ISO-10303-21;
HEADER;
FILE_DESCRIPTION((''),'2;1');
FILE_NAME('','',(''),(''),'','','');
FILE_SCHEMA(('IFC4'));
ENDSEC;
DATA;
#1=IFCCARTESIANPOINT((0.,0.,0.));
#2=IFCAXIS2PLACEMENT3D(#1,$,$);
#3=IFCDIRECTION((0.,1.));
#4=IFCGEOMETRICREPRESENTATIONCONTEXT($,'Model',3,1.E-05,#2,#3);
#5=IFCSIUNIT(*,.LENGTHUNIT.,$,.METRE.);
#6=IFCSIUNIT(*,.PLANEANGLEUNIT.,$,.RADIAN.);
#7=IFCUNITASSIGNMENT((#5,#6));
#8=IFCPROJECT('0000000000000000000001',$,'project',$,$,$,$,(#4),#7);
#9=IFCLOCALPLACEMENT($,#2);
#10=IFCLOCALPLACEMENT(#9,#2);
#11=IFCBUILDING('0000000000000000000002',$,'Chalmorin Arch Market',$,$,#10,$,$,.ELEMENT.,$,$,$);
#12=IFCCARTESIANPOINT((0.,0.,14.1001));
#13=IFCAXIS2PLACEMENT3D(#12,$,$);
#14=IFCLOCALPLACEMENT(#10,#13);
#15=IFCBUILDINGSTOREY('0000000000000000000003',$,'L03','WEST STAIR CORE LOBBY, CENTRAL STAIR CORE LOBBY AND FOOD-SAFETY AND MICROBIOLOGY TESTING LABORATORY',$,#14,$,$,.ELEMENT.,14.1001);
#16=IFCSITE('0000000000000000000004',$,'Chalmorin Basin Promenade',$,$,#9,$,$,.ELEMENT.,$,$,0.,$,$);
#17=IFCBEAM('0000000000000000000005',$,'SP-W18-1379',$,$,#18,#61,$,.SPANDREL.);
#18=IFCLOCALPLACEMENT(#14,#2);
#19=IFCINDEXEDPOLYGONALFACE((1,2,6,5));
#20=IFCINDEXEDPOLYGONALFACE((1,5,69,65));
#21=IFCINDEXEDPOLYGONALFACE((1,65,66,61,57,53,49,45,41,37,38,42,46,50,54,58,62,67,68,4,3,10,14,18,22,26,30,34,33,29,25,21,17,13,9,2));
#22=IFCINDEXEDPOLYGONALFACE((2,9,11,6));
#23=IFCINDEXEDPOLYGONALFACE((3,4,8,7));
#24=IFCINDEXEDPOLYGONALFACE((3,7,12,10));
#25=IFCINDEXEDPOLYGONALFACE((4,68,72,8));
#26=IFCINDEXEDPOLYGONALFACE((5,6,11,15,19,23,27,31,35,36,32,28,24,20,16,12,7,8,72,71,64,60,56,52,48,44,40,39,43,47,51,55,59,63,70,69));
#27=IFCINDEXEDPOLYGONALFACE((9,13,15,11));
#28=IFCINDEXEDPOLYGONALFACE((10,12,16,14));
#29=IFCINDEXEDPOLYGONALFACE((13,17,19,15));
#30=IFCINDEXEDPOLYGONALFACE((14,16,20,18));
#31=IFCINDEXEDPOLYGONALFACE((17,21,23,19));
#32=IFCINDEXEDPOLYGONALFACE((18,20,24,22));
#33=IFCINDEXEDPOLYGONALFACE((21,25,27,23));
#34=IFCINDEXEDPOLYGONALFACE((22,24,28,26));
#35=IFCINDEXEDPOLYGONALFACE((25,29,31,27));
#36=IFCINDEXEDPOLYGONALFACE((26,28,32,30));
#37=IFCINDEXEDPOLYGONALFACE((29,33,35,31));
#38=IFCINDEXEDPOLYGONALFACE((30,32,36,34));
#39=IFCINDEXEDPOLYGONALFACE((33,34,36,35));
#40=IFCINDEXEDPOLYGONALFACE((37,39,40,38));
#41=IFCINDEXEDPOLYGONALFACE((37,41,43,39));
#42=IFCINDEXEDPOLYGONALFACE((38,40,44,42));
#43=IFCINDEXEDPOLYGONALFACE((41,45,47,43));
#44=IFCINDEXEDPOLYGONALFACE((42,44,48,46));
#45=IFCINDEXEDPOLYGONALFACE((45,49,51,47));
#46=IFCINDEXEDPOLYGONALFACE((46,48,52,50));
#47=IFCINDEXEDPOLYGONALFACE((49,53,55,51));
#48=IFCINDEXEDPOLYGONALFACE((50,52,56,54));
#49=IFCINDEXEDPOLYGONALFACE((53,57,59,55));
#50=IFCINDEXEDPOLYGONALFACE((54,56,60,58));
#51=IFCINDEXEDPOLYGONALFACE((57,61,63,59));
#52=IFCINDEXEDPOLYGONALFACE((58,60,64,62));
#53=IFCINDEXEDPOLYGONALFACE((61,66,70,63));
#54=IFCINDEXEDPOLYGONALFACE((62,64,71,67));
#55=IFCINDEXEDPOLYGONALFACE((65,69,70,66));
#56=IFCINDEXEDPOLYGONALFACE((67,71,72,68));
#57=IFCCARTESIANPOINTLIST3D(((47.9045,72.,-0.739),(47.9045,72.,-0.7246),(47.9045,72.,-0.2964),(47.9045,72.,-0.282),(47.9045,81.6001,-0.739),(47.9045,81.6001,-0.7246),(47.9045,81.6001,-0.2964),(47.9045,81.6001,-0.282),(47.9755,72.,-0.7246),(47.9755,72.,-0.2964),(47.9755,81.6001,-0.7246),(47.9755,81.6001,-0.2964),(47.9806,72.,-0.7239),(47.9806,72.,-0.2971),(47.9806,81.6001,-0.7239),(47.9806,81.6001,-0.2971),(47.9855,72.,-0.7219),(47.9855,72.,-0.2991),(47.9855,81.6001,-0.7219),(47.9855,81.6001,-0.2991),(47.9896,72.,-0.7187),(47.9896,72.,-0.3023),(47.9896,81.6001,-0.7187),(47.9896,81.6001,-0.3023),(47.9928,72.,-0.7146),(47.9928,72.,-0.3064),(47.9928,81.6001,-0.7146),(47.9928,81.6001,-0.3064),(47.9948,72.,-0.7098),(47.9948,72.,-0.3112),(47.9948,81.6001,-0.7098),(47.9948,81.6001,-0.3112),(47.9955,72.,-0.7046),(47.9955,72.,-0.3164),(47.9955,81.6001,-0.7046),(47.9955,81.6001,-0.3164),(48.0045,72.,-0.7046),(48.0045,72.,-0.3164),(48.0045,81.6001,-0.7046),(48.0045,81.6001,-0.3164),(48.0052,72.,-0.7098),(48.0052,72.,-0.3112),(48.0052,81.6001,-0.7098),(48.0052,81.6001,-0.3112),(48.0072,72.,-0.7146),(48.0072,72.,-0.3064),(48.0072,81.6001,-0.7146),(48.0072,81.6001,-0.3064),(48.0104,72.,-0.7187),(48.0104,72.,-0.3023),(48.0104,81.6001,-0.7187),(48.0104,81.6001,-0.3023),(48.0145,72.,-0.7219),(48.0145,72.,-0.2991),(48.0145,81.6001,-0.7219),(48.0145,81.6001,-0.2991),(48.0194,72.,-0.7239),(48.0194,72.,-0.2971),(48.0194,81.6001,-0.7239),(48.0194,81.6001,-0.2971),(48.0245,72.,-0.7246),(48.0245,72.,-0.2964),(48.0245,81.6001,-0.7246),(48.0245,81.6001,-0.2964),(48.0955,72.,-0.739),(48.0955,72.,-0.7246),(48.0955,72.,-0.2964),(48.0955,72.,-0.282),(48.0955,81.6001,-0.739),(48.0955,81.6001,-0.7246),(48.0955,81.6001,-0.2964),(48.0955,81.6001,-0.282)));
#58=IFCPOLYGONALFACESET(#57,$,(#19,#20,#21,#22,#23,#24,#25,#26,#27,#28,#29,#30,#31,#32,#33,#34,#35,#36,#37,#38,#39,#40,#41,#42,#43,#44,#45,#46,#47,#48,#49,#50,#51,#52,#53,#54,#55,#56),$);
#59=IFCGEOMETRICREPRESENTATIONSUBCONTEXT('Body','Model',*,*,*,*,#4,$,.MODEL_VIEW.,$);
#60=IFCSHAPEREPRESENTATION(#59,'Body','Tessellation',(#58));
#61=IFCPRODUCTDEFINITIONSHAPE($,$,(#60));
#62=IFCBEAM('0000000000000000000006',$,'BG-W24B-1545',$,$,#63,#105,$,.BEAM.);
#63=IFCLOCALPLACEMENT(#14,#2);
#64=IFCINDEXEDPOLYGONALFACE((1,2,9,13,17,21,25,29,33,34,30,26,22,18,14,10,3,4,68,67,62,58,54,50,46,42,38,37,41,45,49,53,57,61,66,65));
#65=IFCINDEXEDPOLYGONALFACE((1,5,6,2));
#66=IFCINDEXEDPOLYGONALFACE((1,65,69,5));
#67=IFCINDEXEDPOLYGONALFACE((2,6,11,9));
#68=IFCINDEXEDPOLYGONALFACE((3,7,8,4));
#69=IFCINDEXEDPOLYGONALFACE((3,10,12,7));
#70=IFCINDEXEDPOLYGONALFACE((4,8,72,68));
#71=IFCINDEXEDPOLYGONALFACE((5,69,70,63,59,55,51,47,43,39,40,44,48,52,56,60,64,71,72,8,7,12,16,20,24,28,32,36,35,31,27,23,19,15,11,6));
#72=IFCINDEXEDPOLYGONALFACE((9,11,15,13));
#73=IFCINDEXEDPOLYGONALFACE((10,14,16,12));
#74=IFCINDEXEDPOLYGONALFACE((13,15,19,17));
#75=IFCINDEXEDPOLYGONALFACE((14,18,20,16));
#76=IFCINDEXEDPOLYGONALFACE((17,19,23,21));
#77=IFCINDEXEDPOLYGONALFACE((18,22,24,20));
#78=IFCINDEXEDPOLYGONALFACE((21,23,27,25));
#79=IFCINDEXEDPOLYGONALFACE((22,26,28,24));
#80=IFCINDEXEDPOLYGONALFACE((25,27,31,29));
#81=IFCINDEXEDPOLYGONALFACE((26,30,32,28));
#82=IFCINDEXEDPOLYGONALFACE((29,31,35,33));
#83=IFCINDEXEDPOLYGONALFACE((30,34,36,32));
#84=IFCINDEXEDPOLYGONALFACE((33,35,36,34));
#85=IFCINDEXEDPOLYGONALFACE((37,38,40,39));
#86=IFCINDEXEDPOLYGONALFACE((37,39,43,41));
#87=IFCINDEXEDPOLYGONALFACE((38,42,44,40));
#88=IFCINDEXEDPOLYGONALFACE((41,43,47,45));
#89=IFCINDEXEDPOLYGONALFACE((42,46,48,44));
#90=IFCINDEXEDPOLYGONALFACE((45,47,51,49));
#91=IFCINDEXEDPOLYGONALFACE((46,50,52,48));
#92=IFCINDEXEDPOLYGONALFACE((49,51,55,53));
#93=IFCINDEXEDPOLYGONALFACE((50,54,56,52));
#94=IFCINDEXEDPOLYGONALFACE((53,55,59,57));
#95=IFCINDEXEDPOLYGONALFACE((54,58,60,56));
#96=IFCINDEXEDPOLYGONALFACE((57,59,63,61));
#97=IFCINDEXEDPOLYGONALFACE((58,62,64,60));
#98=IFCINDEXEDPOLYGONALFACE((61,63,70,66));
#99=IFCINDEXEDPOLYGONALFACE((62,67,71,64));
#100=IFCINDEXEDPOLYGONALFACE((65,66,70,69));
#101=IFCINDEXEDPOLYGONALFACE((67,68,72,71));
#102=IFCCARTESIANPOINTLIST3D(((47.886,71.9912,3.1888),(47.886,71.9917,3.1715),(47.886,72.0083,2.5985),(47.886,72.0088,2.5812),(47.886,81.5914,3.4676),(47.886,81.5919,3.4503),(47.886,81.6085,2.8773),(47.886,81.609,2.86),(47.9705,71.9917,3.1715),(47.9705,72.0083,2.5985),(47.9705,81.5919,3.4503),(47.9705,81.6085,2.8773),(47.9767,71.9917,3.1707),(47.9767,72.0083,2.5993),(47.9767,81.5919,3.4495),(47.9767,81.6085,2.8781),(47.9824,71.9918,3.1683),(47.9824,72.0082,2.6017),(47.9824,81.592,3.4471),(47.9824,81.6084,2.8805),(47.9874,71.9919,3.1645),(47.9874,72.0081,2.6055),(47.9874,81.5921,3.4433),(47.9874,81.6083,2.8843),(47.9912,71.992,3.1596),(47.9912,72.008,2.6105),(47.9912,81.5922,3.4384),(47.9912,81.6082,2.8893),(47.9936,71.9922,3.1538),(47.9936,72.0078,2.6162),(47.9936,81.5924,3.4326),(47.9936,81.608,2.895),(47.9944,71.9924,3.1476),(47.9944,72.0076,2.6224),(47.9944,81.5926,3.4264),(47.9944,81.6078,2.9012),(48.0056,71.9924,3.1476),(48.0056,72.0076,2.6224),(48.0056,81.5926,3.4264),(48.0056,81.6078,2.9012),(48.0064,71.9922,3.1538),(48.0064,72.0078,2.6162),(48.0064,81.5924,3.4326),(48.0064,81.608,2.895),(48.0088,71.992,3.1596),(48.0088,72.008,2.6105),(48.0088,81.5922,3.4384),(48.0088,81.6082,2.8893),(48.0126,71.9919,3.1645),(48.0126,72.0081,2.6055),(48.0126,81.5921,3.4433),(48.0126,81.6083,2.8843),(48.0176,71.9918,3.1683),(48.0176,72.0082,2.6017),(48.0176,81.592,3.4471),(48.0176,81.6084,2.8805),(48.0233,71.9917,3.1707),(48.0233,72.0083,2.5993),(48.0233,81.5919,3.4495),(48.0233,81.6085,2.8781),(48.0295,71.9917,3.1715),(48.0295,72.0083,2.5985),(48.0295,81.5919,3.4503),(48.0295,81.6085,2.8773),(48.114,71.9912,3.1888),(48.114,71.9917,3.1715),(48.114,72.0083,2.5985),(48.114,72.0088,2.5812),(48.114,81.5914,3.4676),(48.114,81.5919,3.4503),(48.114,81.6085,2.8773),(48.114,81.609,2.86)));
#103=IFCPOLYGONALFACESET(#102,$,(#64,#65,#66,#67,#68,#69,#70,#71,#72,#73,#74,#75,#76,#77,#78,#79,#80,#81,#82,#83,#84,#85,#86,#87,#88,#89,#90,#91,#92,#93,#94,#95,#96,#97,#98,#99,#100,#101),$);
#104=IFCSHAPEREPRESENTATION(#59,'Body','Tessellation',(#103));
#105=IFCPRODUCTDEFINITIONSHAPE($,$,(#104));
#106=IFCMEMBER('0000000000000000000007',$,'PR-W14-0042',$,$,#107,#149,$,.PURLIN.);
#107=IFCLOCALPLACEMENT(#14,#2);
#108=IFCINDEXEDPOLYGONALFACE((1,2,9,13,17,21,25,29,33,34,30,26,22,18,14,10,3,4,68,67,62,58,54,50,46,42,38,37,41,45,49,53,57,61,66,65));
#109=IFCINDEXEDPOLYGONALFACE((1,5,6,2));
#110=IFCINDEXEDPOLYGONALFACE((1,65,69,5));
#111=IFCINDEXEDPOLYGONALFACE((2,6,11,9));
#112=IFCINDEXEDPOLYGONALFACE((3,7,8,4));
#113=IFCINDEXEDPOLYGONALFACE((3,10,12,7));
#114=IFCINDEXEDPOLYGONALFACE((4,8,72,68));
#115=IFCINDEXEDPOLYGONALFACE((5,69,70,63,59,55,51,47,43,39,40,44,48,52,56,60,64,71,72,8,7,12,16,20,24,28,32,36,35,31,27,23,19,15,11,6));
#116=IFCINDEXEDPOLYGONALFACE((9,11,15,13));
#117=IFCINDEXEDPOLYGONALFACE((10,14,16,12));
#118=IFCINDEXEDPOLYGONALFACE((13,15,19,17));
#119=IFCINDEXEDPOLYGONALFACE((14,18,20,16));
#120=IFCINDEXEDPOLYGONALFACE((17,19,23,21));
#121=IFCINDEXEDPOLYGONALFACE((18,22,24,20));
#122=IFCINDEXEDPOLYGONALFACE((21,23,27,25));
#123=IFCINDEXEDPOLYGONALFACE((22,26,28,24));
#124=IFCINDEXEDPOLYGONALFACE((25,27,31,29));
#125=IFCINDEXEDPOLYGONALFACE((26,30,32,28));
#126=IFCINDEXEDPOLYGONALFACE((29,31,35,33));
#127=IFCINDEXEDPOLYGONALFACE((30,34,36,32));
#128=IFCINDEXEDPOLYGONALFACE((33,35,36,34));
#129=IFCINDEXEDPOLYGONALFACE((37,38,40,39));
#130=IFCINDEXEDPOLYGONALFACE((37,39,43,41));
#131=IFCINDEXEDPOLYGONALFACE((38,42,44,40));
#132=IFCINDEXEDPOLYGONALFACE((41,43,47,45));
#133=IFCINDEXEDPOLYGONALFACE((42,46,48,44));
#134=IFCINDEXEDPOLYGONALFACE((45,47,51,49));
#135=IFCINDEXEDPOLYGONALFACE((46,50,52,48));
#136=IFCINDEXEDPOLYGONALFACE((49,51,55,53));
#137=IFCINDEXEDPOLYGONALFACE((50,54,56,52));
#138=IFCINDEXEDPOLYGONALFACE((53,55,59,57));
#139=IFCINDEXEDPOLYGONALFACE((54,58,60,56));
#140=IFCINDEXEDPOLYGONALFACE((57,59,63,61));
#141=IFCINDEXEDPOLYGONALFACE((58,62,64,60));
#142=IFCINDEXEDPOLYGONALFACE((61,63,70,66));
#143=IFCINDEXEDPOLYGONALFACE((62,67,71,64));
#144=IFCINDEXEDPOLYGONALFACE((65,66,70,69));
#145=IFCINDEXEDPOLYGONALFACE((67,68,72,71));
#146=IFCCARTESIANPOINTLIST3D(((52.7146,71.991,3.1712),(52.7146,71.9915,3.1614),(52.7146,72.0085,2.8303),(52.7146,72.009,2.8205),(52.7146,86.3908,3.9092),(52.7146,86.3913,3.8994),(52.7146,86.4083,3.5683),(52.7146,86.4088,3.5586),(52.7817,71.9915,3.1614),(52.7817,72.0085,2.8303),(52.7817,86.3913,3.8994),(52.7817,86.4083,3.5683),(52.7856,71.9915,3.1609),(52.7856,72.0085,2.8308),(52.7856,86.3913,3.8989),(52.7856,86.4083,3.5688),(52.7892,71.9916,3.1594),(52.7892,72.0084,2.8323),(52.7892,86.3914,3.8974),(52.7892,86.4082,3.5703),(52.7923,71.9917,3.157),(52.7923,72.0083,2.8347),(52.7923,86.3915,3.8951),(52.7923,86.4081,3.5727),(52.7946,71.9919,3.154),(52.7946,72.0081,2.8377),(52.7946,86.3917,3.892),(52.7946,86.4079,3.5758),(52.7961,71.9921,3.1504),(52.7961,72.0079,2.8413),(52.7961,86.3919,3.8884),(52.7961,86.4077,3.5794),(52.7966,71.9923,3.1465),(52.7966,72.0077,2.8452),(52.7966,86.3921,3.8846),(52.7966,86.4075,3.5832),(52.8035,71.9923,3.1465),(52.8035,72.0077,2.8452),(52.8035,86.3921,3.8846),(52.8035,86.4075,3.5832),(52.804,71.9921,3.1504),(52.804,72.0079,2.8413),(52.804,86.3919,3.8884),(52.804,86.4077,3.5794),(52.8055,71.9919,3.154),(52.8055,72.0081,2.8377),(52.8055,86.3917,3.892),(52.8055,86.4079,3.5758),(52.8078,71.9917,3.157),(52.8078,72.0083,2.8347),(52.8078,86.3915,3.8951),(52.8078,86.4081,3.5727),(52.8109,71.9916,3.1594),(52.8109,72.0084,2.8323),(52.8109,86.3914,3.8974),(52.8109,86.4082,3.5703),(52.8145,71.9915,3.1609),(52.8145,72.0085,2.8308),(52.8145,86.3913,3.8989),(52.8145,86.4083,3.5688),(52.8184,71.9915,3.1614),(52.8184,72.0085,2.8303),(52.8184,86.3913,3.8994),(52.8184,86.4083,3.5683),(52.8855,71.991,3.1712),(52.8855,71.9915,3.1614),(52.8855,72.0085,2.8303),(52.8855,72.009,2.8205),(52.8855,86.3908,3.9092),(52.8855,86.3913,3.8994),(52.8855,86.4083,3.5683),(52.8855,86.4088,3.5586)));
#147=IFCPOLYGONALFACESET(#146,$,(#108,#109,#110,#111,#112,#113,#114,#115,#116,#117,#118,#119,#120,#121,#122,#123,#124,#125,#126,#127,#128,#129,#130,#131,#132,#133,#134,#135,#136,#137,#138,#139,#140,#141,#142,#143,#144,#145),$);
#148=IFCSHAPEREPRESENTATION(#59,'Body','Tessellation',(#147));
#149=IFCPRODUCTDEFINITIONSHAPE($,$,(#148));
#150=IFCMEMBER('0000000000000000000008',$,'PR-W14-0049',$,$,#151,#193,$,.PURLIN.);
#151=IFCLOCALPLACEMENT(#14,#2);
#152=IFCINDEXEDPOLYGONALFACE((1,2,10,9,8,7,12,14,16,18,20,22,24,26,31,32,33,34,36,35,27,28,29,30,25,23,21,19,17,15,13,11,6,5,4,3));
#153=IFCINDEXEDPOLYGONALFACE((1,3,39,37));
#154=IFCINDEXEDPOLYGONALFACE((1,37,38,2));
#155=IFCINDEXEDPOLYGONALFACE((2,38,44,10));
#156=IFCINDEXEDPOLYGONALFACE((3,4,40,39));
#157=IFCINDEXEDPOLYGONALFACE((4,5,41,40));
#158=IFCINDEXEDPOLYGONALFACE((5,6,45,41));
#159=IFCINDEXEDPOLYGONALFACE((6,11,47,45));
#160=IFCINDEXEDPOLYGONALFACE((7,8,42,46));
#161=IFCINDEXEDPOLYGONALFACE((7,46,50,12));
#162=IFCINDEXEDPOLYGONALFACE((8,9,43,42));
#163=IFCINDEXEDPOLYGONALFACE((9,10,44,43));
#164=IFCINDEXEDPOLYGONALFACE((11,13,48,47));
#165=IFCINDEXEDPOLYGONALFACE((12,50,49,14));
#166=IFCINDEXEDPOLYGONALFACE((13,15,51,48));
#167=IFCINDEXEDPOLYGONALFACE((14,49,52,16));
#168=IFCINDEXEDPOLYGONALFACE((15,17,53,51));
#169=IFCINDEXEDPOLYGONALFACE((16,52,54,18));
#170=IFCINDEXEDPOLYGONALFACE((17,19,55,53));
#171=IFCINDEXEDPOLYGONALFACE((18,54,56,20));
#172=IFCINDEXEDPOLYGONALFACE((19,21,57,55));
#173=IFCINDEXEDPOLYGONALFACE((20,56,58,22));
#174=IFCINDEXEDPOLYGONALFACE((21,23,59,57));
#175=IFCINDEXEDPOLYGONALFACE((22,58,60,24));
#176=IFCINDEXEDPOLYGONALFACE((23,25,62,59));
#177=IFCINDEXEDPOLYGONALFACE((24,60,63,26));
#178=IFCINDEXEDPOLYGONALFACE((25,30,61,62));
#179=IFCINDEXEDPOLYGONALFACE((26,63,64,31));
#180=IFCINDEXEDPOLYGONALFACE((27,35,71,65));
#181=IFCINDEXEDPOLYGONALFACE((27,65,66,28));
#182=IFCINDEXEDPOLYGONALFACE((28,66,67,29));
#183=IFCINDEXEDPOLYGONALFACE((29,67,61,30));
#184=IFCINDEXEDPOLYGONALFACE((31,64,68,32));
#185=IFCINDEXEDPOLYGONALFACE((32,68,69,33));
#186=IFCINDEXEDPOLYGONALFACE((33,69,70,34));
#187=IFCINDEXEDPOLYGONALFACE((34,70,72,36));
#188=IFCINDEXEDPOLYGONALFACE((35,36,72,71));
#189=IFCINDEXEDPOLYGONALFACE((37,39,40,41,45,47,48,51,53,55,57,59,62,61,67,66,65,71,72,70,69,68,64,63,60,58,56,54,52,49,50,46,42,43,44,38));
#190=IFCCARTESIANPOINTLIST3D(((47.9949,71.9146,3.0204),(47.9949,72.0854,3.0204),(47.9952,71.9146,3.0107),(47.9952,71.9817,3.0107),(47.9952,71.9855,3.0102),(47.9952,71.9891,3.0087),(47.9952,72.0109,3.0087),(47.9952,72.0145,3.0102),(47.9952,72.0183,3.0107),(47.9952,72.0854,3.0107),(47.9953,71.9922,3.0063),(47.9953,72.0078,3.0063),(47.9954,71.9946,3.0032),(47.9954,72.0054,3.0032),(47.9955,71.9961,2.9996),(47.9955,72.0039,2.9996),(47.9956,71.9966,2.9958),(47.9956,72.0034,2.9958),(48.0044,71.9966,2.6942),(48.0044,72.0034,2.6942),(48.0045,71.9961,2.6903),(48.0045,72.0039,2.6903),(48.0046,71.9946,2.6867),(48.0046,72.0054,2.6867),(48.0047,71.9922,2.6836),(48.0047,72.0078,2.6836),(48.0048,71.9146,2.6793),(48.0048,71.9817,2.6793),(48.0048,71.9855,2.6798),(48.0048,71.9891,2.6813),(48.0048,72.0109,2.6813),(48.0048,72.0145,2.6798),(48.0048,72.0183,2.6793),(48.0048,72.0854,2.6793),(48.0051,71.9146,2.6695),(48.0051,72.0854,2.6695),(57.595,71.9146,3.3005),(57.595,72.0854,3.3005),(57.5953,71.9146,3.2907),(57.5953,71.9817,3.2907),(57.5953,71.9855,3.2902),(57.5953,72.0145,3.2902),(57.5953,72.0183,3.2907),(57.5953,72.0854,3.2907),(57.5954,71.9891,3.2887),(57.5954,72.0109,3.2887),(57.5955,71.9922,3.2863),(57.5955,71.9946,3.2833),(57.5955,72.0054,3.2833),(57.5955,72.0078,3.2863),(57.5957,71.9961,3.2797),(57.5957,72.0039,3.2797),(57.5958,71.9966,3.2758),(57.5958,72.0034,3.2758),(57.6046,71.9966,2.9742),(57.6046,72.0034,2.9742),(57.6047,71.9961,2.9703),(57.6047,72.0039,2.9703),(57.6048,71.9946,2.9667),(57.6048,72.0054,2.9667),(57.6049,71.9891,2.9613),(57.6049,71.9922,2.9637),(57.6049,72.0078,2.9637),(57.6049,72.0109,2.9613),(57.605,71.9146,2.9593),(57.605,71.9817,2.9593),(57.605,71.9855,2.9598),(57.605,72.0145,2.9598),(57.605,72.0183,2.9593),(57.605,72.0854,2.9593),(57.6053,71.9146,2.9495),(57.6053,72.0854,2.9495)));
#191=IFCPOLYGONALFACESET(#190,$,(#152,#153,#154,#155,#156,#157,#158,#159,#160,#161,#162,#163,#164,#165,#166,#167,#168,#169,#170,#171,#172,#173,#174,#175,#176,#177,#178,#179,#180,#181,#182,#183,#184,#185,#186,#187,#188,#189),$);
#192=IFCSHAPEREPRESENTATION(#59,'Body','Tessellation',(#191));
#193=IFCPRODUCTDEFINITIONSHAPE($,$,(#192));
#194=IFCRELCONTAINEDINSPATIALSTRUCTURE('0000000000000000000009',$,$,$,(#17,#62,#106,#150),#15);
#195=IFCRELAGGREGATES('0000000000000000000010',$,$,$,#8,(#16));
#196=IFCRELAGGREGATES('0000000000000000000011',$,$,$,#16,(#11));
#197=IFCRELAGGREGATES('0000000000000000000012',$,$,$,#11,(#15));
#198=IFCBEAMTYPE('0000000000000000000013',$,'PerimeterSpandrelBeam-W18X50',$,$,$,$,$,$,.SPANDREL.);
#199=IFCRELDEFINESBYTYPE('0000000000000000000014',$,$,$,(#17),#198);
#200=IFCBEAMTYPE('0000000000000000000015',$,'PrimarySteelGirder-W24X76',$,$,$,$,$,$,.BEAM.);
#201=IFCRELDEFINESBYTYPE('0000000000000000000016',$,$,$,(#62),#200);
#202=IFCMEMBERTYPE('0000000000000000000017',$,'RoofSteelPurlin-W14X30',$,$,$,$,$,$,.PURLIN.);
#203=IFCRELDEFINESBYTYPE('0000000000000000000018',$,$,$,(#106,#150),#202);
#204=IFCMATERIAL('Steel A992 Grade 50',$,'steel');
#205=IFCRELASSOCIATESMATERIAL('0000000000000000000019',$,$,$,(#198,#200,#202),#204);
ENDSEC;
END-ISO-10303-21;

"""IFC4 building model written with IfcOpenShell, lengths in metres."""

from ifc_helpers import new_model, si_unit, direction, frame, origin, origin_2d, place, context, subcontext, project, spatial, i_section, extrude, material, material_profile, profile_set, type_object, element, save


model = new_model("IFC4")

# Units and contexts
model_context = context("Model", 3, precision=1e-05, world=origin(), true_north=direction((0.0, 1.0)))
body_context = subcontext(model_context, "Body", "Model", "MODEL_VIEW")
ifc_project = project(units=[si_unit("LENGTHUNIT", "METRE"), si_unit("PLANEANGLEUNIT", "RADIAN")], contexts=[model_context])

# Site, building, storey
site_placement = place(None, origin())
site = spatial("IfcSite", under=ifc_project, at=site_placement, Name="Chalmorin Basin Promenade", CompositionType="ELEMENT", RefElevation=0.0)
building_placement = place(site_placement, origin())
building = spatial("IfcBuilding", under=site, at=building_placement, Name="Chalmorin Arch Market", CompositionType="ELEMENT")
storey_placement = place(building_placement, frame((0.0, 0.0, 14.1001)))
storey = spatial("IfcBuildingStorey", under=building, at=storey_placement, Name="L03", Description="WEST STAIR CORE LOBBY, CENTRAL STAIR CORE LOBBY AND FOOD-SAFETY AND MICROBIOLOGY TESTING LABORATORY", CompositionType="ELEMENT", Elevation=14.1001)

# Beams
ifc_material_1 = material(Name="Steel A992 Grade 50", Category="steel")
ifc_material_profile_1 = material_profile(ifc_material_1, i_section(OverallWidth=0.1909, OverallDepth=0.457, WebThickness=0.009, FlangeThickness=0.0144, FilletRadius=0.02, at=origin_2d()), Name="W18X50")
ifc_profile_set_1 = profile_set([ifc_material_profile_1], Name="Steel A992 Grade 50")
beam_type_1 = type_object("IfcBeamType", Name="PerimeterSpandrelBeam-W18X50", PredefinedType="SPANDREL", material=ifc_profile_set_1)
for number, where, z_axis, x_axis, name in (
    (1, (48.0, 72.0, -0.5105), (0.0, 1.0, 0.0), (-1.0, 0.0, 0.0), "SP-W18-1379"),
):
    element("IfcBeam", number, at=place(storey_placement, frame(where, z_axis=z_axis, x_axis=x_axis)), inside=storey, type_object=beam_type_1, Name=name, PredefinedType="SPANDREL", context=body_context, shape_type="SweptSolid", body=[
        extrude(i_section(OverallWidth=0.1909, OverallDepth=0.457, WebThickness=0.009, FlangeThickness=0.0144, FilletRadius=0.02, at=origin_2d()), origin(), (0.0, 0.0, 1.0), 9.6001),
    ])
ifc_material_profile_2 = material_profile(ifc_material_1, i_section(OverallWidth=0.228, OverallDepth=0.6079, WebThickness=0.0112, FlangeThickness=0.0173, FilletRadius=0.0239, at=origin_2d()), Name="W24X76")
ifc_profile_set_2 = profile_set([ifc_material_profile_2], Name="Steel A992 Grade 50")
beam_type_2 = type_object("IfcBeamType", Name="PrimarySteelGirder-W24X76", PredefinedType="BEAM", material=ifc_profile_set_2)
beam_placement = place(storey_placement, frame((48.0, 72.0, 2.885), z_axis=(0.0, 0.999579, 0.02903), x_axis=(-1.0, 0.0, 0.0)))
element("IfcBeam", 2, at=beam_placement, inside=storey, type_object=beam_type_2, Name="BG-W24B-1545", PredefinedType="BEAM", context=body_context, shape_type="SweptSolid", body=[
    extrude(i_section(OverallWidth=0.228, OverallDepth=0.6079, WebThickness=0.0112, FlangeThickness=0.0173, FilletRadius=0.0239, at=origin_2d()), origin(), (0.0, 0.0, 1.0), 9.6042),
])

# Members
ifc_material_profile_3 = material_profile(ifc_material_1, i_section(OverallWidth=0.1709, OverallDepth=0.3511, WebThickness=0.0068, FlangeThickness=0.0098, FilletRadius=0.0149, at=origin_2d()), Name="W14X30")
ifc_profile_set_3 = profile_set([ifc_material_profile_3], Name="Steel A992 Grade 50")
member_type_1 = type_object("IfcMemberType", Name="RoofSteelPurlin-W14X30", PredefinedType="PURLIN", material=ifc_profile_set_3)
member_1_placement = place(storey_placement, frame((52.8, 72.0, 2.9958), z_axis=(0.0, 0.998689, 0.051186), x_axis=(-1.0, 0.0, 0.0)))
element("IfcMember", 3, at=member_1_placement, inside=storey, type_object=member_type_1, Name="PR-W14-0042", PredefinedType="PURLIN", context=body_context, shape_type="SweptSolid", body=[
    extrude(i_section(OverallWidth=0.1709, OverallDepth=0.3511, WebThickness=0.0068, FlangeThickness=0.0098, FilletRadius=0.0149, at=origin_2d()), origin(), (0.0, 0.0, 1.0), 14.4187),
])
member_2_placement = place(storey_placement, frame((48.0, 72.0, 2.845), z_axis=(0.999575, 0.0, 0.029157), x_axis=(0.0, 1.0, 0.0)))
element("IfcMember", 4, at=member_2_placement, inside=storey, type_object=member_type_1, Name="PR-W14-0049", PredefinedType="PURLIN", context=body_context, shape_type="SweptSolid", body=[
    extrude(i_section(OverallWidth=0.1709, OverallDepth=0.3511, WebThickness=0.0068, FlangeThickness=0.0098, FilletRadius=0.0149, at=origin_2d()), origin(), (0.0, 0.0, 1.0), 9.6042),
])

save(model, "model.ifc")
